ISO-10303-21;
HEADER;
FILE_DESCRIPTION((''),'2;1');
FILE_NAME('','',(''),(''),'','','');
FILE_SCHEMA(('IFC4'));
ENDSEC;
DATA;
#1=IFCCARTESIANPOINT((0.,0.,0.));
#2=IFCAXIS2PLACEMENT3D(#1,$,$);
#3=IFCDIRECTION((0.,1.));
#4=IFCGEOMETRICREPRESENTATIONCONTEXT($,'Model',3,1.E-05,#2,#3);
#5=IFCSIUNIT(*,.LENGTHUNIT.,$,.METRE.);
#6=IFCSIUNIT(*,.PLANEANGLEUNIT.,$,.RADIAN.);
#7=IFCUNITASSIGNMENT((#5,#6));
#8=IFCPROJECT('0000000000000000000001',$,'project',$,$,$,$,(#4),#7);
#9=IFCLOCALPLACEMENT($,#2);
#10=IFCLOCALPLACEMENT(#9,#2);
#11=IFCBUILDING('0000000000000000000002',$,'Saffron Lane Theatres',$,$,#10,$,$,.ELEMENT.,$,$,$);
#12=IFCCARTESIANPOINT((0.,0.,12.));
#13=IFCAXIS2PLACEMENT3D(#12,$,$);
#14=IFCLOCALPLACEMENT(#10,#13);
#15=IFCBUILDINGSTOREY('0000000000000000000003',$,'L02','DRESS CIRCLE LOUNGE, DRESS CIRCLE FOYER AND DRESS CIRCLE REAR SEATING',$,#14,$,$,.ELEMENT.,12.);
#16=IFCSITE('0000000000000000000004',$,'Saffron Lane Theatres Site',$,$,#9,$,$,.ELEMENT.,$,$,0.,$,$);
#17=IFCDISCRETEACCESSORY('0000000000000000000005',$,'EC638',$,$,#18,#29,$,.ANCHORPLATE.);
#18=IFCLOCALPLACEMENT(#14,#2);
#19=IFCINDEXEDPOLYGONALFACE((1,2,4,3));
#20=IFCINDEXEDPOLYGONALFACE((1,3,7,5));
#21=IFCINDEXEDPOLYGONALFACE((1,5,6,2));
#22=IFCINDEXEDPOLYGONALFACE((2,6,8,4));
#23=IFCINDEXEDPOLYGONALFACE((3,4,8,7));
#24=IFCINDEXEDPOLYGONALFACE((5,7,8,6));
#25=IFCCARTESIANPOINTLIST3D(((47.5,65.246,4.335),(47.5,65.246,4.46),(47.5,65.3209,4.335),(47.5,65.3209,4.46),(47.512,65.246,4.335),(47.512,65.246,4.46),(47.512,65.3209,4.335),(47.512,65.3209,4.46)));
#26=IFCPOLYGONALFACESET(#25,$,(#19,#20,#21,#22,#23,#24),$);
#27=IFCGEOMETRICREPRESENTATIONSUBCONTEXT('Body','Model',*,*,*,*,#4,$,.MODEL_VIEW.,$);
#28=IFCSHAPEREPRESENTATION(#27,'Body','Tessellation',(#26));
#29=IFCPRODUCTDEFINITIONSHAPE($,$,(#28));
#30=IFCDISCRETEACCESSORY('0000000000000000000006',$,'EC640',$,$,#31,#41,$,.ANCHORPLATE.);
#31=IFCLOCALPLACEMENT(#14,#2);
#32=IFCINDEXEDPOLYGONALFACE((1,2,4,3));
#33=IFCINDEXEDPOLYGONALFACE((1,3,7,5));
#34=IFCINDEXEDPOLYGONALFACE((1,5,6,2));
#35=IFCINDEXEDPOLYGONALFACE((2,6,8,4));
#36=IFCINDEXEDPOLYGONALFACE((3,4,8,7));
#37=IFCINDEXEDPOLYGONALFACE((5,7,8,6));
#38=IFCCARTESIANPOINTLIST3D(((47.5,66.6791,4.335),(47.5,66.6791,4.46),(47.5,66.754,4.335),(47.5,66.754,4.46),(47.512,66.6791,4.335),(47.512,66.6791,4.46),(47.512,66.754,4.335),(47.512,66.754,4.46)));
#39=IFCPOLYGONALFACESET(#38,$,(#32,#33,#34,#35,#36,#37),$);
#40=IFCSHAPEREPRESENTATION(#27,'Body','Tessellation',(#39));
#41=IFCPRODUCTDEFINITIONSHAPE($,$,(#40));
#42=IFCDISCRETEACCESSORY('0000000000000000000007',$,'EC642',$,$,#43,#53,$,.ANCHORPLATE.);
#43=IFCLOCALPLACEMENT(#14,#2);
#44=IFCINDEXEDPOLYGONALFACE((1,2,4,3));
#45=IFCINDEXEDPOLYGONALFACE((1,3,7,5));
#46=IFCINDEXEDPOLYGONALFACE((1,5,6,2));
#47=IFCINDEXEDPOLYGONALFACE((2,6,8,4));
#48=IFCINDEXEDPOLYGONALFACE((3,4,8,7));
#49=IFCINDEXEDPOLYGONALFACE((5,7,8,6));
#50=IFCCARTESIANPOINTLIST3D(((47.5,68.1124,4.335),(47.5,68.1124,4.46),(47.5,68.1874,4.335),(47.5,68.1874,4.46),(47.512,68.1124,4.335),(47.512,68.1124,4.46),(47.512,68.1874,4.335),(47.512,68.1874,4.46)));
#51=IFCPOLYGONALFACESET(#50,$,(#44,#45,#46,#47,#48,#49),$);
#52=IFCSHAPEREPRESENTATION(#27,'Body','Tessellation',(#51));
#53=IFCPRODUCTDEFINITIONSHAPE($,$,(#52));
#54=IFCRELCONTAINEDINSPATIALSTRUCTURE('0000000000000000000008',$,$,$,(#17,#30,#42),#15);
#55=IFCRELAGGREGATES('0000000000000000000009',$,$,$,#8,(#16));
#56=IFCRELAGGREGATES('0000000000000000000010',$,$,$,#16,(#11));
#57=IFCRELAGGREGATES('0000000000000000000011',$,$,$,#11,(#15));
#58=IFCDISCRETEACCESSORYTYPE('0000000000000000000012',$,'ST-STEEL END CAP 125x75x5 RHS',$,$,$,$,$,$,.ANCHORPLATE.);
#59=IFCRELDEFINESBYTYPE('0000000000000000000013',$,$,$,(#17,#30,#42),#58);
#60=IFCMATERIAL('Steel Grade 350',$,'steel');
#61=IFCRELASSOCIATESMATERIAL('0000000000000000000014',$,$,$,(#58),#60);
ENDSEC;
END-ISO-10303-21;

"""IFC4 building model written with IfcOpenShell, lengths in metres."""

from ifc_helpers import new_model, si_unit, direction, frame, origin, origin_2d, place, context, subcontext, project, spatial, rectangle, extrude, material, material_profile, profile_set, type_object, element, save


model = new_model("IFC4")

# Units and contexts
model_context = context("Model", 3, precision=1e-05, world=origin(), true_north=direction((0.0, 1.0)))
body_context = subcontext(model_context, "Body", "Model", "MODEL_VIEW")
ifc_project = project(units=[si_unit("LENGTHUNIT", "METRE"), si_unit("PLANEANGLEUNIT", "RADIAN")], contexts=[model_context])

# Site, building, storey
site_placement = place(None, origin())
site = spatial("IfcSite", under=ifc_project, at=site_placement, Name="Saffron Lane Theatres Site", CompositionType="ELEMENT", RefElevation=0.0)
building_placement = place(site_placement, origin())
building = spatial("IfcBuilding", under=site, at=building_placement, Name="Saffron Lane Theatres", CompositionType="ELEMENT")
storey_placement = place(building_placement, frame((0.0, 0.0, 12.0)))
storey = spatial("IfcBuildingStorey", under=building, at=storey_placement, Name="L02", Description="DRESS CIRCLE LOUNGE, DRESS CIRCLE FOYER AND DRESS CIRCLE REAR SEATING", CompositionType="ELEMENT", Elevation=12.0)

# Discrete accessories
ifc_material_1 = material(Name="Steel Grade 350", Category="steel")
ifc_material_profile_1 = material_profile(ifc_material_1, rectangle(XDim=0.075, YDim=0.125, at=origin_2d()))
ifc_profile_set_1 = profile_set([ifc_material_profile_1], Name="Steel Grade 350")
discrete_accessory_type = type_object("IfcDiscreteAccessoryType", Name="ST-STEEL END CAP 125x75x5 RHS", PredefinedType="ANCHORPLATE", material=ifc_profile_set_1)
for number, where, z_axis, x_axis, name in (
    (1, (47.5, 65.2834, 4.3975), (1.0, 0.0, 0.0), (0.0, 1.0, 0.0), "EC638"),
    (2, (47.5, 66.7166, 4.3975), (1.0, 0.0, 0.0), (0.0, 1.0, 0.0), "EC640"),
    (3, (47.5, 68.1499, 4.3975), (1.0, 0.0, 0.0), (0.0, 1.0, 0.0), "EC642"),
):
    element("IfcDiscreteAccessory", number, at=place(storey_placement, frame(where, z_axis=z_axis, x_axis=x_axis)), inside=storey, type_object=discrete_accessory_type, Name=name, PredefinedType="ANCHORPLATE", context=body_context, shape_type="SweptSolid", body=[
        extrude(rectangle(XDim=0.075, YDim=0.125, at=origin_2d()), origin(), (0.0, 0.0, 1.0), 0.012),
    ])

save(model, "model.ifc")
